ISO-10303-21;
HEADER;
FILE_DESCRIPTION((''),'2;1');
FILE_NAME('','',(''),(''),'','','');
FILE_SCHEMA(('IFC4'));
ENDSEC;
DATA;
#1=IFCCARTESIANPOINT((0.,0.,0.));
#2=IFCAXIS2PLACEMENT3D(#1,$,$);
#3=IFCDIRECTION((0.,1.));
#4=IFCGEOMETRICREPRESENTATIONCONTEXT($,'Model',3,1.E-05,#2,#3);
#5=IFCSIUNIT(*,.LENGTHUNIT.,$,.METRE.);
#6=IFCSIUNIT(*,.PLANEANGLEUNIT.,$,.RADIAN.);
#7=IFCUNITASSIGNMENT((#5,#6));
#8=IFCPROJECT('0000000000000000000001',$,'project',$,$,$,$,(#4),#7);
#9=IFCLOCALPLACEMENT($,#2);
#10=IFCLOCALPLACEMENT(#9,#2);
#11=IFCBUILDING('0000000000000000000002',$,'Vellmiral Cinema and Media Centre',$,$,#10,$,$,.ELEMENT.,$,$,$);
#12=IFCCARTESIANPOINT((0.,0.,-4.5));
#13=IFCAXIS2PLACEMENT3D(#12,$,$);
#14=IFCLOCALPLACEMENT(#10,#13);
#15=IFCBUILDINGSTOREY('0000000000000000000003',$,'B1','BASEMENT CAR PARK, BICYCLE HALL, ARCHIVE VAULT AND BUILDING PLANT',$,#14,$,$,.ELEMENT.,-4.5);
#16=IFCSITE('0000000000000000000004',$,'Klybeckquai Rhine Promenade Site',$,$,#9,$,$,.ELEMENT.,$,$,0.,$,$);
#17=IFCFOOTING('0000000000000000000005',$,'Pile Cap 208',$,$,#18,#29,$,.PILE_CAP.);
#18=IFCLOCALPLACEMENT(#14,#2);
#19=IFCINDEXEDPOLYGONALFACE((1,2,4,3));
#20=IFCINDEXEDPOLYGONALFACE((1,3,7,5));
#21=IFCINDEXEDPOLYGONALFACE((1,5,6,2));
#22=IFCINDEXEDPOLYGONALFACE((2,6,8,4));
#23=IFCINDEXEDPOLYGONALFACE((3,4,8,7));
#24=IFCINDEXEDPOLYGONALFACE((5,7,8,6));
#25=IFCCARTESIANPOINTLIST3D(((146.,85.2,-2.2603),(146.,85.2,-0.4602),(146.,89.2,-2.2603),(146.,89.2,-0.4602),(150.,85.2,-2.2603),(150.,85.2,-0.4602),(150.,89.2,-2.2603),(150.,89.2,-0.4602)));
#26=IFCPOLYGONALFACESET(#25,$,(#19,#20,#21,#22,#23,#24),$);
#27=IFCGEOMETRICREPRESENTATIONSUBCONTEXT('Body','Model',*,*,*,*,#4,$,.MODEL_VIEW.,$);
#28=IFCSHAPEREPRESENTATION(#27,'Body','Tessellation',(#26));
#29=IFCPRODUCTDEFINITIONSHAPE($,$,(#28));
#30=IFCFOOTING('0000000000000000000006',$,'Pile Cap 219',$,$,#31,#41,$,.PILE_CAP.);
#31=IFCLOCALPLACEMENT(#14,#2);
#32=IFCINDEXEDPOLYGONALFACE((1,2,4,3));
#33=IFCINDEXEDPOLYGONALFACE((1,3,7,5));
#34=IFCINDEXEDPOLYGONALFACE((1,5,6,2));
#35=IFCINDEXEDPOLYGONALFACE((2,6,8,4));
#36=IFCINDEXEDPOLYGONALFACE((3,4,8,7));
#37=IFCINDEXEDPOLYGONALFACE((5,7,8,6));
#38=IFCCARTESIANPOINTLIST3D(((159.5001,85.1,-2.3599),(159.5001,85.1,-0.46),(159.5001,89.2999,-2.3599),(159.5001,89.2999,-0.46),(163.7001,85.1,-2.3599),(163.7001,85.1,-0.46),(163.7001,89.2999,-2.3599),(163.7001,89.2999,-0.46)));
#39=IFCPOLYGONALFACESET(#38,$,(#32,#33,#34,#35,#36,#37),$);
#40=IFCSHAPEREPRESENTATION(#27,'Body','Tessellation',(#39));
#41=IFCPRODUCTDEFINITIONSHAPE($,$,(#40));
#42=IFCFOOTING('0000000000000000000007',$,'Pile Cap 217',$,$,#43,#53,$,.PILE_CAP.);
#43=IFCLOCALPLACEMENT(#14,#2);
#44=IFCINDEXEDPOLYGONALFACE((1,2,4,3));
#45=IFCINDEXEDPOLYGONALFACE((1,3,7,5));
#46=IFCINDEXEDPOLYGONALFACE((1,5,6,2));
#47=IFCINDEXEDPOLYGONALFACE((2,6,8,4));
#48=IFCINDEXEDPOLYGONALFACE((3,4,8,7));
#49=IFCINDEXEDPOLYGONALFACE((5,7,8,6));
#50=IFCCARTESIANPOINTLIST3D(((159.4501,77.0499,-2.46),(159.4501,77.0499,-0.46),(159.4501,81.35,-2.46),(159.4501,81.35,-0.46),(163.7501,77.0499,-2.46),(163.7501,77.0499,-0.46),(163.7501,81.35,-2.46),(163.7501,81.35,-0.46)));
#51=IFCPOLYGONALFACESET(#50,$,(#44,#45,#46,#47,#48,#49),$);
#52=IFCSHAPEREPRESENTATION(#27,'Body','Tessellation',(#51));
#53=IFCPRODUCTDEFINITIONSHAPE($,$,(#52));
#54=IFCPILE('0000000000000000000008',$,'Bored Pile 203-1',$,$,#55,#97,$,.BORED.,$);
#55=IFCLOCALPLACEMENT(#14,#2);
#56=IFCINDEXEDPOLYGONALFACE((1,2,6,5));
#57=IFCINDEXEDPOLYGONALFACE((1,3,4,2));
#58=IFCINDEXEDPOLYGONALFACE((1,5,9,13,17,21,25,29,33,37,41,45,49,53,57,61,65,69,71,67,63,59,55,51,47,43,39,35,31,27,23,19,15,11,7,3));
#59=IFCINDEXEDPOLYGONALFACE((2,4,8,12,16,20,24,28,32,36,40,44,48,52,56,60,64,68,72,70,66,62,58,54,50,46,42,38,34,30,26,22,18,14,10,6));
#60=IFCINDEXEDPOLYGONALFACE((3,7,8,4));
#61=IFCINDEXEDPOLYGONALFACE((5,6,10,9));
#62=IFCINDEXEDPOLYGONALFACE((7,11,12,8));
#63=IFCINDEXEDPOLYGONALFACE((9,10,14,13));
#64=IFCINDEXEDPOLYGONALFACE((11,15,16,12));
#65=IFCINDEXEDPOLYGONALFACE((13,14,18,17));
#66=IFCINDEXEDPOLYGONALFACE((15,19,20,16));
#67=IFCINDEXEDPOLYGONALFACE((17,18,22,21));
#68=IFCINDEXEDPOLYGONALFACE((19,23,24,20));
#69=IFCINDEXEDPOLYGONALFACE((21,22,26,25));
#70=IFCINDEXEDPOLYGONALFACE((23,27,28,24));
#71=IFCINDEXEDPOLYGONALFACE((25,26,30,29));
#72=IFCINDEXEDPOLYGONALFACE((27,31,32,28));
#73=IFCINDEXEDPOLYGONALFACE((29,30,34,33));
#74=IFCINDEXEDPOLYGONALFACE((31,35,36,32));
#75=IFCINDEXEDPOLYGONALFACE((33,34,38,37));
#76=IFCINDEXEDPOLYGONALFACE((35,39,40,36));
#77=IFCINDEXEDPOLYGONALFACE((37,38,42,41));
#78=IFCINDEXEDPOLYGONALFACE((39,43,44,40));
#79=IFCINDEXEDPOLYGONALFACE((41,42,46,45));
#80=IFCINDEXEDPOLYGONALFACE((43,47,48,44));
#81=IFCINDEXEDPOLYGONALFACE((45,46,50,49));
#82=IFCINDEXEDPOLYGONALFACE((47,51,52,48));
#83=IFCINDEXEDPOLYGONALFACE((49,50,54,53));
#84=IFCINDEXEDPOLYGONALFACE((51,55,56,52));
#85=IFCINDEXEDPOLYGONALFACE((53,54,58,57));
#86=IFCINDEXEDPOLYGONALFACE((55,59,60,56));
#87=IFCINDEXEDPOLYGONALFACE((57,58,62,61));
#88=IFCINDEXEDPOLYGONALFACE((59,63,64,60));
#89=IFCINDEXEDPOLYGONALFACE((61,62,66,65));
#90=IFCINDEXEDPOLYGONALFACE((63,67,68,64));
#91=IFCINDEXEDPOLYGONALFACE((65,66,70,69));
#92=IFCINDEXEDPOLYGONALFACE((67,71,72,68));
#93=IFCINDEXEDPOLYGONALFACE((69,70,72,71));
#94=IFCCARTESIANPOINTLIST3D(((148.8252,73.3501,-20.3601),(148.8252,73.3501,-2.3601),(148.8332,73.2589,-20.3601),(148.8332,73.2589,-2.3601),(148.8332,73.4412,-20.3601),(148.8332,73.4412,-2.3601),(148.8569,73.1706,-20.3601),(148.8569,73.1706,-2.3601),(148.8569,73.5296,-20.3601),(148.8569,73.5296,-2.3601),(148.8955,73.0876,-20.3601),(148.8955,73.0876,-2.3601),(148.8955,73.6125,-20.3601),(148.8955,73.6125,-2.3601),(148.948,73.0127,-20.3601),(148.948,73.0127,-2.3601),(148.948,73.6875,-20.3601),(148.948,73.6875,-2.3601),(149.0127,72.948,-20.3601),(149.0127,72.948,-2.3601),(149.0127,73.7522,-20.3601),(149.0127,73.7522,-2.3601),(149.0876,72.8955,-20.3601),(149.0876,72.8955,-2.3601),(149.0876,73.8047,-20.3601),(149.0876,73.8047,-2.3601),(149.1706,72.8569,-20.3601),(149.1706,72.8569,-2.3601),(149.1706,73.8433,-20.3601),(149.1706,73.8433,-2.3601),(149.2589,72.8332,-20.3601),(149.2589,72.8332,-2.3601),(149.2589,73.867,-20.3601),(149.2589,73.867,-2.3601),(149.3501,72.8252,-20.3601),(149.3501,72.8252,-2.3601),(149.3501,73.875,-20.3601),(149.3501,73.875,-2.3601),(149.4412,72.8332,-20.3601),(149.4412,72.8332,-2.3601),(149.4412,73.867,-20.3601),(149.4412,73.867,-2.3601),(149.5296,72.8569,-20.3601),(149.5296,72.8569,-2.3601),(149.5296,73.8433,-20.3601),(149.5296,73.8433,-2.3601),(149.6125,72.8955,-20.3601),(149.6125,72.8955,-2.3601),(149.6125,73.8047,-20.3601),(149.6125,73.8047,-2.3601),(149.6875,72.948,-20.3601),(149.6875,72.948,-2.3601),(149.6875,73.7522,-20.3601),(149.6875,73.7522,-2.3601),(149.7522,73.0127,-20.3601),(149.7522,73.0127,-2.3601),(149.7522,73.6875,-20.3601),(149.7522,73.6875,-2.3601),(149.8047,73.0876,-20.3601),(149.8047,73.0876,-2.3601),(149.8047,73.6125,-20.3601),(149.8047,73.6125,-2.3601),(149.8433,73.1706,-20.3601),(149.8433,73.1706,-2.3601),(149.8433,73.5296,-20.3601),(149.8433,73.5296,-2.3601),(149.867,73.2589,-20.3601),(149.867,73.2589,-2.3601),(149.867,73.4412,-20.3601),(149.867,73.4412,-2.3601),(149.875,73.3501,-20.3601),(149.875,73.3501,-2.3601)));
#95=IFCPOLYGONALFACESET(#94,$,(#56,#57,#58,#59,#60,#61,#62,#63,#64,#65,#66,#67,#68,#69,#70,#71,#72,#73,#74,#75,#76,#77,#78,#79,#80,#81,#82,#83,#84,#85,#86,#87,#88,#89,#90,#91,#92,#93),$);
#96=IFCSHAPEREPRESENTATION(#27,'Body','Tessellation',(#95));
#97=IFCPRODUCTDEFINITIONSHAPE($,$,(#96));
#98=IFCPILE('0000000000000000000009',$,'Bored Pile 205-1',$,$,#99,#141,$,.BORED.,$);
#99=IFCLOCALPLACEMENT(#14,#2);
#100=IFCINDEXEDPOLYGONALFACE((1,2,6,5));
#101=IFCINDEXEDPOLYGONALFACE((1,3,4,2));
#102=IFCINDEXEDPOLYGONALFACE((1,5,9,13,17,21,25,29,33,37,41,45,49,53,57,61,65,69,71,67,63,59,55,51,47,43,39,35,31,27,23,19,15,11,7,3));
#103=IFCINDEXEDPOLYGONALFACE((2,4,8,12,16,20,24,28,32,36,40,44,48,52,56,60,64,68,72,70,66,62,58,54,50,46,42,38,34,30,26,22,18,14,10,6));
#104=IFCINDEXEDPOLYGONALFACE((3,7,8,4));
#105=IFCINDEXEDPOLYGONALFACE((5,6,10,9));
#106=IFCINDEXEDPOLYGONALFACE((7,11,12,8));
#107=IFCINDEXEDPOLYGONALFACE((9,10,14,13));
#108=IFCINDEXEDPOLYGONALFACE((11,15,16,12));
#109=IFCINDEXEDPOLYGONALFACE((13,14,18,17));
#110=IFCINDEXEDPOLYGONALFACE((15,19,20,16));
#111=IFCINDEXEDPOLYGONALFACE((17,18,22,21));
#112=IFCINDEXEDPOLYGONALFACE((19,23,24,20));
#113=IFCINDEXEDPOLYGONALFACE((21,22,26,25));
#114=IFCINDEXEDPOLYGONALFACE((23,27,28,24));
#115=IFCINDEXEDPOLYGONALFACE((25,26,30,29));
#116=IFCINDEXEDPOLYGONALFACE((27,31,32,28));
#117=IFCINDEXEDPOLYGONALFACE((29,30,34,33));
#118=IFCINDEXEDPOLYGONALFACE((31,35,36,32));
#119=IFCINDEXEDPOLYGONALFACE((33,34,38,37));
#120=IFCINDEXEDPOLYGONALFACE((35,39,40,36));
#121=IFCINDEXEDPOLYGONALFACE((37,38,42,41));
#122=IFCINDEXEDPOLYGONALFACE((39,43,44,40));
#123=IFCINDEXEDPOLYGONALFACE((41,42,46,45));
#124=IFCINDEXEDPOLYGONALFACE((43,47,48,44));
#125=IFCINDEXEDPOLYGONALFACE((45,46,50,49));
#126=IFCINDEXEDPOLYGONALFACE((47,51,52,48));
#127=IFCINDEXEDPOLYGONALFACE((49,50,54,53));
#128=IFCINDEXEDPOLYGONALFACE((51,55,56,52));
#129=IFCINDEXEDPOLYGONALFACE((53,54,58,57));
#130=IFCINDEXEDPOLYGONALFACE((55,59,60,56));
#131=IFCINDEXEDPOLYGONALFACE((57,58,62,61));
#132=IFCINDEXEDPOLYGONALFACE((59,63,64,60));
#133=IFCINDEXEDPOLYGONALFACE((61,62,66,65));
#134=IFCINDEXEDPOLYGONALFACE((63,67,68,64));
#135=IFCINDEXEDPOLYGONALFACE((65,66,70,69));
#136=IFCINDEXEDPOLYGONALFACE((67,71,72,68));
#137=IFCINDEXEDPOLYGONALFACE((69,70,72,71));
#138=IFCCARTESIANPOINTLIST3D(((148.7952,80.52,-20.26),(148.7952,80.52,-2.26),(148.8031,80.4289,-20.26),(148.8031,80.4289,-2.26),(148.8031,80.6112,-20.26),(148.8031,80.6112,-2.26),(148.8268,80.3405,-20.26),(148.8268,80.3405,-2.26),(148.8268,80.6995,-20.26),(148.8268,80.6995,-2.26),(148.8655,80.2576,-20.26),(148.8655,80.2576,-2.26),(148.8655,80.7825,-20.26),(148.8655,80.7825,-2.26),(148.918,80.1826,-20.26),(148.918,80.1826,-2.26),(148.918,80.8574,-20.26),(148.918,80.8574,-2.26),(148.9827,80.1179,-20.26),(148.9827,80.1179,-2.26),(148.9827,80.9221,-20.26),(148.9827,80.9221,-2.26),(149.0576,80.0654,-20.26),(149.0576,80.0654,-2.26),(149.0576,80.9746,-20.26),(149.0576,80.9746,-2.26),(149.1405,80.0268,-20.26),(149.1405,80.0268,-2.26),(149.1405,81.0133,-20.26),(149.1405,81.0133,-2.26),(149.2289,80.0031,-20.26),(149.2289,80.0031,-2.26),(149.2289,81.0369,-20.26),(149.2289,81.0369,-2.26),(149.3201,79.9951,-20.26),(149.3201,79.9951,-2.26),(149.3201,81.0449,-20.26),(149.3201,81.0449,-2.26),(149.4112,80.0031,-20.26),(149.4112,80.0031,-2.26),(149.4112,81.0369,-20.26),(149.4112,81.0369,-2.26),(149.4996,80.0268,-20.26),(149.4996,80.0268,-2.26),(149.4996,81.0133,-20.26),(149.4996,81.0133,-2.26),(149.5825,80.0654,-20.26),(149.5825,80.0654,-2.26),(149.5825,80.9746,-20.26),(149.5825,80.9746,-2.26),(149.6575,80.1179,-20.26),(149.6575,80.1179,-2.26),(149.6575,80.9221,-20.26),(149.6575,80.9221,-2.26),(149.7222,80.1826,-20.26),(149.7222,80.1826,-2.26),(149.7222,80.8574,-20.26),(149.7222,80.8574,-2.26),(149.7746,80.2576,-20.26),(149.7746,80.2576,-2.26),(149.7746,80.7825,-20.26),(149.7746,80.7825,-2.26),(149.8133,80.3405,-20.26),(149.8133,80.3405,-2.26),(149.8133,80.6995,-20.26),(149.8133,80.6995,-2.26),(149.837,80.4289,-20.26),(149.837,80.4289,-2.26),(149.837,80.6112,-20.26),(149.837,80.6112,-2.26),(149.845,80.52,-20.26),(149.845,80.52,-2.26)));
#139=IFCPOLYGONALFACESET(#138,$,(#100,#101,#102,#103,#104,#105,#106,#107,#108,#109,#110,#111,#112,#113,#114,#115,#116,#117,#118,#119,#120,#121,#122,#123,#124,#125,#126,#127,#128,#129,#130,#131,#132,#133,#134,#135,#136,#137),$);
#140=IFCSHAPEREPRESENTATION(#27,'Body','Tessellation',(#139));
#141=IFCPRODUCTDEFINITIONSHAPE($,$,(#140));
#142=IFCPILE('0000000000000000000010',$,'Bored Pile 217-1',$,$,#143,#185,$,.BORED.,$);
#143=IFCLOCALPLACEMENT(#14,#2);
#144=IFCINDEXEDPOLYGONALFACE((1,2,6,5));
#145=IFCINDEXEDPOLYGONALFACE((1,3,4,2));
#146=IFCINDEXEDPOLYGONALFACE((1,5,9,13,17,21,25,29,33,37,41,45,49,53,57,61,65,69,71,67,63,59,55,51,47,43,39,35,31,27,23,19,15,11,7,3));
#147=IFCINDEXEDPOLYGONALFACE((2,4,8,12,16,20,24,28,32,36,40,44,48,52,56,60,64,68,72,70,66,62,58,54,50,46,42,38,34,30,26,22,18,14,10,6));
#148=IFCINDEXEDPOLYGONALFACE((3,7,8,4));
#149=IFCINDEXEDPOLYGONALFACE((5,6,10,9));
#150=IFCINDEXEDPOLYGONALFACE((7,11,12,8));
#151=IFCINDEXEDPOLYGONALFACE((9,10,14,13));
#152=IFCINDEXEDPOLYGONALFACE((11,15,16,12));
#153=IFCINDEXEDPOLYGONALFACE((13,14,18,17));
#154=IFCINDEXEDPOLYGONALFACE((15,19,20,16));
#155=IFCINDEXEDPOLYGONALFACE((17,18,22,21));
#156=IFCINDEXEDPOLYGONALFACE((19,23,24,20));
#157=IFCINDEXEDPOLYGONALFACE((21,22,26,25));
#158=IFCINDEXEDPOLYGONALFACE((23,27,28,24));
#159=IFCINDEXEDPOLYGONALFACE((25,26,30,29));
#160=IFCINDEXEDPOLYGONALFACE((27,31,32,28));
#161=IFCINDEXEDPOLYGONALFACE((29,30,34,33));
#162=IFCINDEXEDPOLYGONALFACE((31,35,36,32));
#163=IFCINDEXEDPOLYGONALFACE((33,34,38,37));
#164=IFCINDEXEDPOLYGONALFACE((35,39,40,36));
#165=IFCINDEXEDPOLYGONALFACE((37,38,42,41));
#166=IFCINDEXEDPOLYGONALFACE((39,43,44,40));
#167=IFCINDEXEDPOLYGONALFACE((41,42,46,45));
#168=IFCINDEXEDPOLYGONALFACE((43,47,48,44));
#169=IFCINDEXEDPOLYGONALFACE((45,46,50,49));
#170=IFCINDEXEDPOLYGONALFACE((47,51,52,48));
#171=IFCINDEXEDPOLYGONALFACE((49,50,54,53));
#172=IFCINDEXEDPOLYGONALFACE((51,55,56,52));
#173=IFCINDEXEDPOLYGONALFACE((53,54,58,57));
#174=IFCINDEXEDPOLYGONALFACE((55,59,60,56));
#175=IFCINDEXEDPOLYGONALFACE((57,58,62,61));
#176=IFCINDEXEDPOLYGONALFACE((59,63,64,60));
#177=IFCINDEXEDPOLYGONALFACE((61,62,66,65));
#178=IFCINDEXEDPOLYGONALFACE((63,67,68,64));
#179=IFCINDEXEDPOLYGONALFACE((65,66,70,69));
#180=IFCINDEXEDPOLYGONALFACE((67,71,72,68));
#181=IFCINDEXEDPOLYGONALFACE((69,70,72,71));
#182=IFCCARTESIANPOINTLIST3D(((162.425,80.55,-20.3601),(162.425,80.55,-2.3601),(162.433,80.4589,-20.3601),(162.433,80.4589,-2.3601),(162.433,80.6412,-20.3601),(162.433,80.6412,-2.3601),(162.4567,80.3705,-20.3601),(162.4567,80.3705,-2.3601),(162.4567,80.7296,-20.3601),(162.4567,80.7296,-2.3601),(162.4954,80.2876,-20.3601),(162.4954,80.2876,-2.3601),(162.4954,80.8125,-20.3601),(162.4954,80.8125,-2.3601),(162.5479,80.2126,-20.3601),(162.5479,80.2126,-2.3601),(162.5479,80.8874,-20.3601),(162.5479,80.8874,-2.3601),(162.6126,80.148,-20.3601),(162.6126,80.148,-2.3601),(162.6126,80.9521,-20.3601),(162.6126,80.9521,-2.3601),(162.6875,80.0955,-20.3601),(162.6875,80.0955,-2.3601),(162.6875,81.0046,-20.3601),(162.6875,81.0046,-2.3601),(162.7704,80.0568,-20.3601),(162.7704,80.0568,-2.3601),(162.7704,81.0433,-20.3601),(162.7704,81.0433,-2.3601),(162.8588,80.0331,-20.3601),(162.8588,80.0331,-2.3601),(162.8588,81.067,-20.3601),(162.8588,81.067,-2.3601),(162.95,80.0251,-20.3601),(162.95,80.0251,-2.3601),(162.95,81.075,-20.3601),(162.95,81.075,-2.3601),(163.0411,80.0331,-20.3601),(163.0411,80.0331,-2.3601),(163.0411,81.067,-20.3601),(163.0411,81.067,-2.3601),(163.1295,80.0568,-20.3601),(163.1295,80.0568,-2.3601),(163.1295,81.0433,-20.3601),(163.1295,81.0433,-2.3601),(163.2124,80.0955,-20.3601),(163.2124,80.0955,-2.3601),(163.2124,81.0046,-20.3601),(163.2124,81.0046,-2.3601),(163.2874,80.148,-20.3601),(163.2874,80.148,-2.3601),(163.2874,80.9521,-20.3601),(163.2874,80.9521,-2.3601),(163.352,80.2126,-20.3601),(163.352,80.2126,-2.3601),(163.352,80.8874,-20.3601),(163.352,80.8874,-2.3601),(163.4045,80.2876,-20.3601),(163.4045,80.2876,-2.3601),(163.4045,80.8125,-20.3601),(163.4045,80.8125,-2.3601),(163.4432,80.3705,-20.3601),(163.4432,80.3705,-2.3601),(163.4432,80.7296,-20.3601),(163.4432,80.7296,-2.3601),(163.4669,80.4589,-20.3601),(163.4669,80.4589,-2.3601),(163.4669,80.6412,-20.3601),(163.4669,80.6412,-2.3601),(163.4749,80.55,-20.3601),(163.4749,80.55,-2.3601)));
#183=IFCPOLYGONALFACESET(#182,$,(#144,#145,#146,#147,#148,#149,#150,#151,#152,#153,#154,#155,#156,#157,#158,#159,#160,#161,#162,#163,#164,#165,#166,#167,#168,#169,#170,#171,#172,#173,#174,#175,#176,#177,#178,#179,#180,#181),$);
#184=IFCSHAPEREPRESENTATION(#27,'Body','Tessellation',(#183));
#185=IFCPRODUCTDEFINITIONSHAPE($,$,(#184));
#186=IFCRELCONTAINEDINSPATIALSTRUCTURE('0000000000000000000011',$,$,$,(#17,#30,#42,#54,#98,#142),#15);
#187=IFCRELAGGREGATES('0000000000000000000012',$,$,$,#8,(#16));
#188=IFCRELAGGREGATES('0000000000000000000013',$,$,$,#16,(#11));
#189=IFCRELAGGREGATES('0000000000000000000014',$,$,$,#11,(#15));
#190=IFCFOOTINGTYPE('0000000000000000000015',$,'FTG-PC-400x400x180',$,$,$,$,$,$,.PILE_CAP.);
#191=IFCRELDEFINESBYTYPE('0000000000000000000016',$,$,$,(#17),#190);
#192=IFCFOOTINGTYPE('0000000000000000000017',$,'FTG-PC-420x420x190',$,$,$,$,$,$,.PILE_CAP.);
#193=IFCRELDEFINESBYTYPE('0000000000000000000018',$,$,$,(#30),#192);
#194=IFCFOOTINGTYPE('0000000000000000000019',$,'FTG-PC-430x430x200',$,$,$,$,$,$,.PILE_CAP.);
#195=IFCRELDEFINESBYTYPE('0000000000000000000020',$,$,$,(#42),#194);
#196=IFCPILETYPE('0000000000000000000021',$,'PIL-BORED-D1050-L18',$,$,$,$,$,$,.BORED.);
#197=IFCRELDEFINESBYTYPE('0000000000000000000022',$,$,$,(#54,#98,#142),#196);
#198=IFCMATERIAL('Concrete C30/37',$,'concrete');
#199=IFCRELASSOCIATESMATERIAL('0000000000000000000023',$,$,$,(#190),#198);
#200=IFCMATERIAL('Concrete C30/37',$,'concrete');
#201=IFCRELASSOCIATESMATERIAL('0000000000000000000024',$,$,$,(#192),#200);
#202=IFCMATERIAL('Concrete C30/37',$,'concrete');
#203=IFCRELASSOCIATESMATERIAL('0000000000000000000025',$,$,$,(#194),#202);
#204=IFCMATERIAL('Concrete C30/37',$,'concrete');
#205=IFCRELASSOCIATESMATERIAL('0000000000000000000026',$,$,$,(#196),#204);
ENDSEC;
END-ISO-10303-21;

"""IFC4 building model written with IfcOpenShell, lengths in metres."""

from ifc_helpers import new_model, si_unit, direction, frame, origin, origin_2d, place, context, subcontext, project, spatial, rectangle, circle, extrude, material, material_profile, profile_set, type_object, element, save


model = new_model("IFC4")

# Units and contexts
model_context = context("Model", 3, precision=1e-05, world=origin(), true_north=direction((0.0, 1.0)))
body_context = subcontext(model_context, "Body", "Model", "MODEL_VIEW")
ifc_project = project(units=[si_unit("LENGTHUNIT", "METRE"), si_unit("PLANEANGLEUNIT", "RADIAN")], contexts=[model_context])

# Site, building, storey
site_placement = place(None, origin())
site = spatial("IfcSite", under=ifc_project, at=site_placement, Name="Klybeckquai Rhine Promenade Site", CompositionType="ELEMENT", RefElevation=0.0)
building_placement = place(site_placement, origin())
building = spatial("IfcBuilding", under=site, at=building_placement, Name="Vellmiral Cinema and Media Centre", CompositionType="ELEMENT")
storey_placement = place(building_placement, frame((0.0, 0.0, -4.5)))
storey = spatial("IfcBuildingStorey", under=building, at=storey_placement, Name="B1", Description="BASEMENT CAR PARK, BICYCLE HALL, ARCHIVE VAULT AND BUILDING PLANT", CompositionType="ELEMENT", Elevation=-4.5)

# Footings
ifc_material_1 = material(Name="Concrete C30/37", Category="concrete")
footing_type_1 = type_object("IfcFootingType", Name="FTG-PC-400x400x180", PredefinedType="PILE_CAP", material=ifc_material_1)
footing_1_placement = place(storey_placement, frame((148.0, 87.2, -2.2603), z_axis=(0.0, 0.0, 1.0), x_axis=(1.0, 0.0, 0.0)))
element("IfcFooting", 1, at=footing_1_placement, inside=storey, type_object=footing_type_1, Name="Pile Cap 208", PredefinedType="PILE_CAP", context=body_context, shape_type="SweptSolid", body=[
    extrude(rectangle(XDim=4.0, YDim=4.0, at=origin_2d()), origin(), (0.0, 0.0, 1.0), 1.8),
])
ifc_material_2 = material(Name="Concrete C30/37", Category="concrete")
footing_type_2 = type_object("IfcFootingType", Name="FTG-PC-420x420x190", PredefinedType="PILE_CAP", material=ifc_material_2)
footing_2_placement = place(storey_placement, frame((161.6001, 87.2, -2.3599), z_axis=(0.0, 0.0, 1.0), x_axis=(1.0, 0.0, 0.0)))
element("IfcFooting", 2, at=footing_2_placement, inside=storey, type_object=footing_type_2, Name="Pile Cap 219", PredefinedType="PILE_CAP", context=body_context, shape_type="SweptSolid", body=[
    extrude(rectangle(XDim=4.2, YDim=4.2, at=origin_2d()), origin(), (0.0, 0.0, 1.0), 1.8999),
])
ifc_material_3 = material(Name="Concrete C30/37", Category="concrete")
footing_type_3 = type_object("IfcFootingType", Name="FTG-PC-430x430x200", PredefinedType="PILE_CAP", material=ifc_material_3)
footing_3_placement = place(storey_placement, frame((161.6001, 79.2, -2.46), z_axis=(0.0, 0.0, 1.0), x_axis=(1.0, 0.0, 0.0)))
element("IfcFooting", 3, at=footing_3_placement, inside=storey, type_object=footing_type_3, Name="Pile Cap 217", PredefinedType="PILE_CAP", context=body_context, shape_type="SweptSolid", body=[
    extrude(rectangle(XDim=4.3, YDim=4.3, at=origin_2d()), origin(), (0.0, 0.0, 1.0), 2.0),
])

# Piles
ifc_material_4 = material(Name="Concrete C30/37", Category="concrete")
ifc_material_profile_1 = material_profile(ifc_material_4, circle(Radius=0.5249, at=origin_2d()), Name="PILE D1050")
ifc_profile_set_1 = profile_set([ifc_material_profile_1], Name="Concrete C30/37")
pile_type_1 = type_object("IfcPileType", Name="PIL-BORED-D1050-L18", PredefinedType="BORED", material=ifc_profile_set_1)
for number, where, z_axis, x_axis, name in (
    (4, (149.3501, 73.3501, -2.3601), (0.0, 0.0, -1.0), (1.0, 0.0, 0.0), "Bored Pile 203-1"),
    (5, (149.3201, 80.52, -2.26), (0.0, 0.0, -1.0), (1.0, 0.0, 0.0), "Bored Pile 205-1"),
    (6, (162.95, 80.55, -2.3601), (0.0, 0.0, -1.0), (1.0, 0.0, 0.0), "Bored Pile 217-1"),
):
    element("IfcPile", number, at=place(storey_placement, frame(where, z_axis=z_axis, x_axis=x_axis)), inside=storey, type_object=pile_type_1, Name=name, PredefinedType="BORED", context=body_context, shape_type="SweptSolid", body=[
        extrude(circle(Radius=0.5249, at=origin_2d()), origin(), (0.0, 0.0, 1.0), 18.0),
    ])

save(model, "model.ifc")
